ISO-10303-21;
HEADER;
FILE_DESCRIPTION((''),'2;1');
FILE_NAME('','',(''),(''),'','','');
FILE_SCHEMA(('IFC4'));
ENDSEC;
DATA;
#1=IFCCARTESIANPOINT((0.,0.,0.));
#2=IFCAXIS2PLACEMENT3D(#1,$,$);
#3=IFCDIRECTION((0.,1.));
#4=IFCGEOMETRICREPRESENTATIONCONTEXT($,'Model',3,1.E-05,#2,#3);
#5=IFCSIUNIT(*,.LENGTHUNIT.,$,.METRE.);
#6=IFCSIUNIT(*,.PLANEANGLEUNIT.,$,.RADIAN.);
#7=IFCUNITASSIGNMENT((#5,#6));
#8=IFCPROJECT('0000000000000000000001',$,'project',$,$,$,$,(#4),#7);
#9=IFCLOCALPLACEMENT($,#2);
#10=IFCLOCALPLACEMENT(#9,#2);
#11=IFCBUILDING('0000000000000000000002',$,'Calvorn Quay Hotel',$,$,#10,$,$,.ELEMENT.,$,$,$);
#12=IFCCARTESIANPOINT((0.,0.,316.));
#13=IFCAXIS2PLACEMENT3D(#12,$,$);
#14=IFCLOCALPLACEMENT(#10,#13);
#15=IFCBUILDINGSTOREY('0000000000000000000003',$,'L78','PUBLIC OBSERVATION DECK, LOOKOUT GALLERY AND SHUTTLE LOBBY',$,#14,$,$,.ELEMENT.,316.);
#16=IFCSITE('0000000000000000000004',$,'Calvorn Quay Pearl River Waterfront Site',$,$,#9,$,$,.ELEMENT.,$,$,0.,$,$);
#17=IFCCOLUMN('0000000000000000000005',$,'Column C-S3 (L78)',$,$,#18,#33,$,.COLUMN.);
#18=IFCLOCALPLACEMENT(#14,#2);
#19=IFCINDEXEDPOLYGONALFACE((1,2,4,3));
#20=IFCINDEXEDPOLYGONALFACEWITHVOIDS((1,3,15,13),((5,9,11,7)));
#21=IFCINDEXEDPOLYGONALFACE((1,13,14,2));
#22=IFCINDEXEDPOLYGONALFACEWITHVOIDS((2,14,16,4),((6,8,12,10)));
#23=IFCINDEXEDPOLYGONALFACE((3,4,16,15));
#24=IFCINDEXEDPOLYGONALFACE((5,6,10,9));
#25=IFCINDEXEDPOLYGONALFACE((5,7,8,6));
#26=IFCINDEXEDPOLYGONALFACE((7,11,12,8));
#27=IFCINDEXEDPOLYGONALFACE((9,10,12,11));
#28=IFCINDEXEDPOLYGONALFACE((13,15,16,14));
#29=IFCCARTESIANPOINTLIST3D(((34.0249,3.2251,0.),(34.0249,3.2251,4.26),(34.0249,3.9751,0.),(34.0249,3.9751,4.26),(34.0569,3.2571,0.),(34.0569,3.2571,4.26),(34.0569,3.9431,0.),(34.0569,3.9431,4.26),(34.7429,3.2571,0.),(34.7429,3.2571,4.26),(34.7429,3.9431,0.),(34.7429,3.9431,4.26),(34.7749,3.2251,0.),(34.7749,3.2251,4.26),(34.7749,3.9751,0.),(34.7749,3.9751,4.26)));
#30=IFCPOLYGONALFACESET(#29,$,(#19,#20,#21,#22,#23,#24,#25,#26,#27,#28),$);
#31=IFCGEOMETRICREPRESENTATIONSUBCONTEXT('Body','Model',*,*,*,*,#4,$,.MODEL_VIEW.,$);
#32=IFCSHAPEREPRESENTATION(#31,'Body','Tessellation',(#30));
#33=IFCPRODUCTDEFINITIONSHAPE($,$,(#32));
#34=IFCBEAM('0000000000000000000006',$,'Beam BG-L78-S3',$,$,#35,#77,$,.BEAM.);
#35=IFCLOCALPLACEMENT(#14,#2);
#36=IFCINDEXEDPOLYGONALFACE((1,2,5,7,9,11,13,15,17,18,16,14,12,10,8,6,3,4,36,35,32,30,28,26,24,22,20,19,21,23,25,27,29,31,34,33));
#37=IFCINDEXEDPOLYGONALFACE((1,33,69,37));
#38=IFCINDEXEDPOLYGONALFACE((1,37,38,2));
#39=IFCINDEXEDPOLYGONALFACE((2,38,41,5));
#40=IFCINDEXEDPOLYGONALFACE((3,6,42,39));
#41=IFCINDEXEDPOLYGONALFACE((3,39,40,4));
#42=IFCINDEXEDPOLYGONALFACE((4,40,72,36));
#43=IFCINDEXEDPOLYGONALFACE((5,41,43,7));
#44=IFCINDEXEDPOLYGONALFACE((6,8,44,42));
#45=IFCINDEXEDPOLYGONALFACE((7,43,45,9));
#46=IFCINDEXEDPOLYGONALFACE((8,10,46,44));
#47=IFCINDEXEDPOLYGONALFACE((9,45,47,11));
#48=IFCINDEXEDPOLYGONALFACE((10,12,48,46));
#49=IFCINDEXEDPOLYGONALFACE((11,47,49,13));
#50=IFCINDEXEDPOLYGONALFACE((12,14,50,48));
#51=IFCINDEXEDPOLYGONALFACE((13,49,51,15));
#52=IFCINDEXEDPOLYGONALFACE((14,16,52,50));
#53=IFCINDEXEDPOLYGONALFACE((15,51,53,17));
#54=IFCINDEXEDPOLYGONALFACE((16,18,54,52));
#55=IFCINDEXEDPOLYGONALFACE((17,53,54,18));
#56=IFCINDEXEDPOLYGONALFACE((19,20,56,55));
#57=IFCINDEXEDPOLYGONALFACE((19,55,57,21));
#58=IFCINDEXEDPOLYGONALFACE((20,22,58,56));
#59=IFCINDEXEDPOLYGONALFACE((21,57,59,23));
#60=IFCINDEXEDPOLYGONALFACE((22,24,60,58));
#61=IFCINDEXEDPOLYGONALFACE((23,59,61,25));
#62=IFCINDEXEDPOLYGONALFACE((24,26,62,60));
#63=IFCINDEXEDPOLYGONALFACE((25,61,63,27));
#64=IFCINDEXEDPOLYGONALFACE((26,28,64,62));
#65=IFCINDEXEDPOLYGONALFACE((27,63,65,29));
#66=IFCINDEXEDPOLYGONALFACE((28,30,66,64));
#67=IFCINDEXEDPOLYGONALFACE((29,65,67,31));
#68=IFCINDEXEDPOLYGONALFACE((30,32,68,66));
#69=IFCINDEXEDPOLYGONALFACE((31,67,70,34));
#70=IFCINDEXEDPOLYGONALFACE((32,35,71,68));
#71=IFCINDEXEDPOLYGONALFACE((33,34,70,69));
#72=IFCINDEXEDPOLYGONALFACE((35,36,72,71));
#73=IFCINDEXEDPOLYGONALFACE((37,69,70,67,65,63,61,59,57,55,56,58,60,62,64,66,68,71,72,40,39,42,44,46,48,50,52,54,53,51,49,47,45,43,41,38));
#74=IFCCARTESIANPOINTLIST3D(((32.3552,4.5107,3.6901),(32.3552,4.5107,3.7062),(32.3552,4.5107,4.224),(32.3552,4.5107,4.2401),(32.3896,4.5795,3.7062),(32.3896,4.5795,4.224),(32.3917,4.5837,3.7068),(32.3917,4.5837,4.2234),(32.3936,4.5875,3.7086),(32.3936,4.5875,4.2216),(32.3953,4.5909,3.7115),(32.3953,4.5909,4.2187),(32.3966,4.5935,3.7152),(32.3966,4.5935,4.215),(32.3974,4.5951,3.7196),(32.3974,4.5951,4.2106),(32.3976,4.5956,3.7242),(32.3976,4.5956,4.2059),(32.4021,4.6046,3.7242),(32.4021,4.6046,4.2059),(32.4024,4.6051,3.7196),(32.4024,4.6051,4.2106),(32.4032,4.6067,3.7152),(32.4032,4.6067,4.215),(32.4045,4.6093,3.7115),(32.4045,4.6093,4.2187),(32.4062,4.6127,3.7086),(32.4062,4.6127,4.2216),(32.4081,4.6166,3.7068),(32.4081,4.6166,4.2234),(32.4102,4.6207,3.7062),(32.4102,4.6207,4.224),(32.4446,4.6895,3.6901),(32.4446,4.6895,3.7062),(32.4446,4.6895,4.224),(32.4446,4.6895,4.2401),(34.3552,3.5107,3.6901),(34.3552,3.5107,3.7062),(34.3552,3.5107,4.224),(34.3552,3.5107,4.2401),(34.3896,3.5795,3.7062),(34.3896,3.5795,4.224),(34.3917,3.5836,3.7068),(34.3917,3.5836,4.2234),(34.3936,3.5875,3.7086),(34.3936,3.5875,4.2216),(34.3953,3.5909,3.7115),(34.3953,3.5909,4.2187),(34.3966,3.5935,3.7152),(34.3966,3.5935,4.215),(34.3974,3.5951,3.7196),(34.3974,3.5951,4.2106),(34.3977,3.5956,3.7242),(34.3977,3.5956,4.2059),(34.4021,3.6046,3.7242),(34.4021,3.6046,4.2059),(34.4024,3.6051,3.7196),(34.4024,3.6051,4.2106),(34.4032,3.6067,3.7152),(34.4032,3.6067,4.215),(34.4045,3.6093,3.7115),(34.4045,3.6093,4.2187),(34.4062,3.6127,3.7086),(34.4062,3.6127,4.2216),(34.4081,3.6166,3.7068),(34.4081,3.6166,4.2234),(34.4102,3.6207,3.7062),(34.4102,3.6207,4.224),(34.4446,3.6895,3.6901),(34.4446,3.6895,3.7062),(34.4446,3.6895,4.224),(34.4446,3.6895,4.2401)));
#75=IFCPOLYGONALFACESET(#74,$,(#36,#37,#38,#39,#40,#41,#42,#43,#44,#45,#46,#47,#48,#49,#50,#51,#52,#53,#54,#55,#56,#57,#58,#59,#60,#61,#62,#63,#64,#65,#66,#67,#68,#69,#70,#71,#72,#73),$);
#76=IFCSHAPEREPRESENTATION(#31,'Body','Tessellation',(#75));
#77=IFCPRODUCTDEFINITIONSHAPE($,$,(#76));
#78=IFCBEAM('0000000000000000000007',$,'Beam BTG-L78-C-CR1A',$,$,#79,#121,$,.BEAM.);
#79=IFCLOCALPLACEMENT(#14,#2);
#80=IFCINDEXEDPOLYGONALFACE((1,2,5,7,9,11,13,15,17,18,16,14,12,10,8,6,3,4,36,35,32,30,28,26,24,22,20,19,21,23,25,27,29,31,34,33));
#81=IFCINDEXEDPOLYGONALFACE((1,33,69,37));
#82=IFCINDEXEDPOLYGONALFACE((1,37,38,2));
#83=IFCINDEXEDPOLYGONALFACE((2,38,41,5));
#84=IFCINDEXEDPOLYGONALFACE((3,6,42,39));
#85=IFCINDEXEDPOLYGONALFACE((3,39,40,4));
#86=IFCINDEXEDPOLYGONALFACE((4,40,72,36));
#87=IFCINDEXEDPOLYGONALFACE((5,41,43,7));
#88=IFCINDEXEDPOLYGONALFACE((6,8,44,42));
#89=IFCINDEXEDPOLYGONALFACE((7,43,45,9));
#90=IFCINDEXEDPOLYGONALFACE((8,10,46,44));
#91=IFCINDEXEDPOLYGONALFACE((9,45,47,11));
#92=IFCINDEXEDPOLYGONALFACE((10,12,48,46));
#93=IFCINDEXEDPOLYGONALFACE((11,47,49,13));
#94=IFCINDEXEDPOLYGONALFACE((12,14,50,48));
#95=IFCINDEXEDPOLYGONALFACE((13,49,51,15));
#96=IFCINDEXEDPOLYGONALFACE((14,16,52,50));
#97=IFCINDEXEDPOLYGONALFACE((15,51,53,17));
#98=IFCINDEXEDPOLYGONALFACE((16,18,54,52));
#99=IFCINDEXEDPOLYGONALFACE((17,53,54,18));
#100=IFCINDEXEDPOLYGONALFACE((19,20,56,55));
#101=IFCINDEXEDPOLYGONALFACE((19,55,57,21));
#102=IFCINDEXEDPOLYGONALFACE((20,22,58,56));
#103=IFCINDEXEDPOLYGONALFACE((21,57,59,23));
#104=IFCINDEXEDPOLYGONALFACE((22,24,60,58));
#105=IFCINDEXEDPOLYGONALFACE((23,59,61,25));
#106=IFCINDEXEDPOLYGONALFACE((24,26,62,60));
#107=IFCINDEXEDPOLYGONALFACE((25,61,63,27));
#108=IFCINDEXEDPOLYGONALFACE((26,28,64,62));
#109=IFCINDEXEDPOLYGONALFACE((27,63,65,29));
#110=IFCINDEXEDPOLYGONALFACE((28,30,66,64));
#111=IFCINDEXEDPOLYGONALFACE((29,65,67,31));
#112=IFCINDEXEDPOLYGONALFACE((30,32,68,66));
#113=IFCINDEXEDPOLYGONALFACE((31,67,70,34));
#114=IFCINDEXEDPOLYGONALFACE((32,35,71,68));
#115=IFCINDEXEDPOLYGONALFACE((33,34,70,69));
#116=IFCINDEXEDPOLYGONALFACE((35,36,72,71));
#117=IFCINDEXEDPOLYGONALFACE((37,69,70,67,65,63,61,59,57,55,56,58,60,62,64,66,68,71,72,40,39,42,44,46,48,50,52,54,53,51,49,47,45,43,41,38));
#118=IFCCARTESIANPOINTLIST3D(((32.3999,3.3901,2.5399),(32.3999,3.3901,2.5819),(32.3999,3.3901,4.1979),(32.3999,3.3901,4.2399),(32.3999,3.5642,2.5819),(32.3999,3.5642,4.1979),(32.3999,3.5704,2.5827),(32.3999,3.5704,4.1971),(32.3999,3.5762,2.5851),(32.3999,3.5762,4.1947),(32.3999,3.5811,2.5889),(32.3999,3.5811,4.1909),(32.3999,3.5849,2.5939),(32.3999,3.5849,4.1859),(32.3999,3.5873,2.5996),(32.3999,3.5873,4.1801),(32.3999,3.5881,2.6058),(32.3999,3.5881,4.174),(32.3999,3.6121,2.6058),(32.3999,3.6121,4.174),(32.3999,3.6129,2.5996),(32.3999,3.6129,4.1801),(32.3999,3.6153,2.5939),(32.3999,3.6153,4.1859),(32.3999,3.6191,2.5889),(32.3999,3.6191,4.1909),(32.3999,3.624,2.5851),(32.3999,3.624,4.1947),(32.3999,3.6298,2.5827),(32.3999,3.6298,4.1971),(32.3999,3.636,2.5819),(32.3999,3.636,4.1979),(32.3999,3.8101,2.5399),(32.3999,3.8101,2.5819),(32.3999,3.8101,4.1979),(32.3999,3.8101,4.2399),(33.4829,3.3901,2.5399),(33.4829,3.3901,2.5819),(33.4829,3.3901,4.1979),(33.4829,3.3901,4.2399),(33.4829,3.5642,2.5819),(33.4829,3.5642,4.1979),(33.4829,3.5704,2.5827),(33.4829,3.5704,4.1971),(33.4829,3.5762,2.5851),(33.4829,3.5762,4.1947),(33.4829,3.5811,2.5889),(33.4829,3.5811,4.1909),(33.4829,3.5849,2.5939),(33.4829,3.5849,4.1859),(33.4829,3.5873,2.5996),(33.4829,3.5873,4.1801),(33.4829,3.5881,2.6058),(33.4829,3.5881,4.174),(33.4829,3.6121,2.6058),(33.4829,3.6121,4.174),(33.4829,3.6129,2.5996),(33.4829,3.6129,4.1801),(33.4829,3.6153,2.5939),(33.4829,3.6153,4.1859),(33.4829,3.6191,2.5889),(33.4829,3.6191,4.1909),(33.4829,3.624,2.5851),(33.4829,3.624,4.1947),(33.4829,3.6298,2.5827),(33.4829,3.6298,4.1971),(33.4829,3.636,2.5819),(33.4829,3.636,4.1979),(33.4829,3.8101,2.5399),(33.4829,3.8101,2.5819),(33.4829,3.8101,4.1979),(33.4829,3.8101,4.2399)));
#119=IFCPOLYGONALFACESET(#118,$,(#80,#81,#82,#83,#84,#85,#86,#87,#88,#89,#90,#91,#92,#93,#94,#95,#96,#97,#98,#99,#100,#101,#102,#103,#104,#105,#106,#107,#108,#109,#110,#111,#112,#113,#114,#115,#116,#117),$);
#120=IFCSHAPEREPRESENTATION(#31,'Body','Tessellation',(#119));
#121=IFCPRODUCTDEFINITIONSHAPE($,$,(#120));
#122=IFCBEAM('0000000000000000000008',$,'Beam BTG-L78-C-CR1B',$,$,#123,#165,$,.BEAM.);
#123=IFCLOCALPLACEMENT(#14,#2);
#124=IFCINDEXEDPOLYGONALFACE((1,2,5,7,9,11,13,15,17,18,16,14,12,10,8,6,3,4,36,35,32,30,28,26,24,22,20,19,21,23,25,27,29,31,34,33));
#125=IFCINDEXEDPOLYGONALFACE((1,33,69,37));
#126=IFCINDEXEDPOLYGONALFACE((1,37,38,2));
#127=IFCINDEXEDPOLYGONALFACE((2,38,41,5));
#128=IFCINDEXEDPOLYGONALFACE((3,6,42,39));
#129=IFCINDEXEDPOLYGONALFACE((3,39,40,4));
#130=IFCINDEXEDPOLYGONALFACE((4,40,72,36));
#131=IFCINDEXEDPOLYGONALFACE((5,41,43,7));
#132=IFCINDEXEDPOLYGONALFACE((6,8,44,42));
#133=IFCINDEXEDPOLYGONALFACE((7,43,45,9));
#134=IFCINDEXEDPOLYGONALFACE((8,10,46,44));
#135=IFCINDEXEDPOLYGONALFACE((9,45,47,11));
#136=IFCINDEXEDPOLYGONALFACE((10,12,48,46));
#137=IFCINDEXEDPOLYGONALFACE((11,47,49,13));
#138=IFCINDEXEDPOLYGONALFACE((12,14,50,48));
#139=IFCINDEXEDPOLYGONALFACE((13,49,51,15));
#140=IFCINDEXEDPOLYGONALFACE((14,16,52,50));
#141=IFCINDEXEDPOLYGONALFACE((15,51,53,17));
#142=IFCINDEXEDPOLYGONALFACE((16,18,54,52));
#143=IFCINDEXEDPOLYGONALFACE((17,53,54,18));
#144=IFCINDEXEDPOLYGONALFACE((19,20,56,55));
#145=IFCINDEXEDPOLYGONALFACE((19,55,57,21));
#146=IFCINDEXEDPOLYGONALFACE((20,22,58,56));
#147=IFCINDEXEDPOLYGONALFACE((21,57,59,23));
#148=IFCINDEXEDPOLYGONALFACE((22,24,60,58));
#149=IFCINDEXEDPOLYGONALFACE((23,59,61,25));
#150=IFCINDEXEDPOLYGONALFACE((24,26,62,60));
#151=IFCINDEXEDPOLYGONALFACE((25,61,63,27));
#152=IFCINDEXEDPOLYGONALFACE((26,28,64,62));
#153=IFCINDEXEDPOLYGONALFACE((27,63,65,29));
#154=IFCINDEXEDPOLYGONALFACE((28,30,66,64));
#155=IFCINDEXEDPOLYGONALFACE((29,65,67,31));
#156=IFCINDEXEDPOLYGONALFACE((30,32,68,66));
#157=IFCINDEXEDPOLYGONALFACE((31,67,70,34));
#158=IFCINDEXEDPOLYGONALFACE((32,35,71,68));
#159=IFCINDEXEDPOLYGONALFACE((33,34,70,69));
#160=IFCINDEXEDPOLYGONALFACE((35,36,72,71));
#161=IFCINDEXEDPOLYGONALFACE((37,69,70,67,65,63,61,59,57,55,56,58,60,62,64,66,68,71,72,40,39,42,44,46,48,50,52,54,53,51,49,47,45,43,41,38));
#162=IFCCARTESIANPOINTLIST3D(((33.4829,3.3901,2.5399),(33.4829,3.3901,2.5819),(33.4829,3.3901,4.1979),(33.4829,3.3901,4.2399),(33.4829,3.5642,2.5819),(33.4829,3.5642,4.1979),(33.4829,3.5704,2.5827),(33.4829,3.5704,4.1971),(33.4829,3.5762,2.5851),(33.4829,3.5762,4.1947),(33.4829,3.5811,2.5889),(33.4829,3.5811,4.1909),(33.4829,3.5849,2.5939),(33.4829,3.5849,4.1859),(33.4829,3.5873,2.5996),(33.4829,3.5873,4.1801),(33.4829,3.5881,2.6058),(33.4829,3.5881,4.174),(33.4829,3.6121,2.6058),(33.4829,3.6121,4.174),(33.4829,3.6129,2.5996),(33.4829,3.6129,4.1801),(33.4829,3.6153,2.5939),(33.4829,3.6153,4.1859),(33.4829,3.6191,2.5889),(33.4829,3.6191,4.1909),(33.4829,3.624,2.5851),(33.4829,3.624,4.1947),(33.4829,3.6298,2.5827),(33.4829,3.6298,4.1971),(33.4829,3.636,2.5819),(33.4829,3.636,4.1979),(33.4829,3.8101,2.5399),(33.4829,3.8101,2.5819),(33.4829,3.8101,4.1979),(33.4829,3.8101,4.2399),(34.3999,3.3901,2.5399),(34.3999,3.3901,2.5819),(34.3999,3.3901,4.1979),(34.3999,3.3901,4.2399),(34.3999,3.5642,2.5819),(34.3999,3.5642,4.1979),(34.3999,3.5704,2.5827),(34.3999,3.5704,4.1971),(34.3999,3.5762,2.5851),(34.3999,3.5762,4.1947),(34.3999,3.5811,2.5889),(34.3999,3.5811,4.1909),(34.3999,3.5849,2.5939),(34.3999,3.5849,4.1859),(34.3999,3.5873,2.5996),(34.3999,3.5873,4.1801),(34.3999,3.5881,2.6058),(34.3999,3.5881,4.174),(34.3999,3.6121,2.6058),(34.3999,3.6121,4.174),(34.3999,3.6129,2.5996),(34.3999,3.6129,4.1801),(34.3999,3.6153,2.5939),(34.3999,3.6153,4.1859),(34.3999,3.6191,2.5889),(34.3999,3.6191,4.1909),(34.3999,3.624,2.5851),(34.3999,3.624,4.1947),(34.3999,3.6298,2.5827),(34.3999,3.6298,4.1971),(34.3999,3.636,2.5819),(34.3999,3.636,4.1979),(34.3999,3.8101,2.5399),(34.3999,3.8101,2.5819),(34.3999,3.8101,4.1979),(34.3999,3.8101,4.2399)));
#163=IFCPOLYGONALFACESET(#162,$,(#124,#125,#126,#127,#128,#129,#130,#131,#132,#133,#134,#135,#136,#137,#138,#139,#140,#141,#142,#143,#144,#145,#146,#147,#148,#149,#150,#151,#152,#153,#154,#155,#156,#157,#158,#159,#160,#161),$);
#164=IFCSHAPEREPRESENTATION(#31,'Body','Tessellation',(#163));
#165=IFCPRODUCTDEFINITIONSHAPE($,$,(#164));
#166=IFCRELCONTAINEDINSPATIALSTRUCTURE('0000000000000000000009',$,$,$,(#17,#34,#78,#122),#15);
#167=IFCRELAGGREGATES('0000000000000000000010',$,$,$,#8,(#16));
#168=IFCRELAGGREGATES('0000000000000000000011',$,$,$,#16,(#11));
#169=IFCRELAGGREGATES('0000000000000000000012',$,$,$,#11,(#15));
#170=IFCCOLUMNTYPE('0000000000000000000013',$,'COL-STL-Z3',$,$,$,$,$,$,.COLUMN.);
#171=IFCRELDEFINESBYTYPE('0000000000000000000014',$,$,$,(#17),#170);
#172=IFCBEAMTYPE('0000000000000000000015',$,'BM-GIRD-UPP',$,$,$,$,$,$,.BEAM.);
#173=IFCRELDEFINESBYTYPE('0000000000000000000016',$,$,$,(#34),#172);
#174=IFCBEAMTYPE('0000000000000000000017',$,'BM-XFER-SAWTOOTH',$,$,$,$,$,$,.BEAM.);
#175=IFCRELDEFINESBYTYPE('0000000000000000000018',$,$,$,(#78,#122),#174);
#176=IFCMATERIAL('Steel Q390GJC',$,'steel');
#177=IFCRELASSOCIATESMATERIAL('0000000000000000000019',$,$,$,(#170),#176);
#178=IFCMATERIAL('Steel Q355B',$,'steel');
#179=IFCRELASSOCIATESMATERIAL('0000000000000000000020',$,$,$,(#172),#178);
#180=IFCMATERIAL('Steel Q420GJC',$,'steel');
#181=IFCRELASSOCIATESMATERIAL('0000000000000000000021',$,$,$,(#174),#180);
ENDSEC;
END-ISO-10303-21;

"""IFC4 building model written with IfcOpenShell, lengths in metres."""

from ifc_helpers import new_model, si_unit, direction, frame, origin, origin_2d, place, context, subcontext, project, spatial, hollow_rectangle, i_section, extrude, material, material_profile, profile_set, type_object, element, save


model = new_model("IFC4")

# Units and contexts
model_context = context("Model", 3, precision=1e-05, world=origin(), true_north=direction((0.0, 1.0)))
body_context = subcontext(model_context, "Body", "Model", "MODEL_VIEW")
ifc_project = project(units=[si_unit("LENGTHUNIT", "METRE"), si_unit("PLANEANGLEUNIT", "RADIAN")], contexts=[model_context])

# Site, building, storey
site_placement = place(None, origin())
site = spatial("IfcSite", under=ifc_project, at=site_placement, Name="Calvorn Quay Pearl River Waterfront Site", CompositionType="ELEMENT", RefElevation=0.0)
building_placement = place(site_placement, origin())
building = spatial("IfcBuilding", under=site, at=building_placement, Name="Calvorn Quay Hotel", CompositionType="ELEMENT")
storey_placement = place(building_placement, frame((0.0, 0.0, 316.0)))
storey = spatial("IfcBuildingStorey", under=building, at=storey_placement, Name="L78", Description="PUBLIC OBSERVATION DECK, LOOKOUT GALLERY AND SHUTTLE LOBBY", CompositionType="ELEMENT", Elevation=316.0)

# Column
ifc_material_1 = material(Name="Steel Q390GJC", Category="steel")
ifc_material_profile_1 = material_profile(ifc_material_1, hollow_rectangle(XDim=0.75, YDim=0.75, WallThickness=0.032, at=origin_2d()), Name="BOX750x750x32")
ifc_profile_set_1 = profile_set([ifc_material_profile_1], Name="Steel Q390GJC")
column_type = type_object("IfcColumnType", Name="COL-STL-Z3", PredefinedType="COLUMN", material=ifc_profile_set_1)
column_placement = place(storey_placement, frame((34.3999, 3.6001, 0.0), z_axis=(0.0, 0.0, 1.0), x_axis=(1.0, 0.0, 0.0)))
element("IfcColumn", 1, at=column_placement, inside=storey, type_object=column_type, Name="Column C-S3 (L78)", PredefinedType="COLUMN", context=body_context, shape_type="SweptSolid", body=[
    extrude(hollow_rectangle(XDim=0.75, YDim=0.75, WallThickness=0.032, at=origin_2d()), origin(), (0.0, 0.0, 1.0), 4.26),
])

# Beams
ifc_material_2 = material(Name="Steel Q355B", Category="steel")
ifc_material_profile_2 = material_profile(ifc_material_2, i_section(OverallWidth=0.2, OverallDepth=0.55, WebThickness=0.01, FlangeThickness=0.0161, FilletRadius=0.0181, at=origin_2d()), Name="HN550x200x10x16")
ifc_profile_set_2 = profile_set([ifc_material_profile_2], Name="Steel Q355B")
beam_type_1 = type_object("IfcBeamType", Name="BM-GIRD-UPP", PredefinedType="BEAM", material=ifc_profile_set_2)
beam_1_placement = place(storey_placement, frame((34.3999, 3.6001, 3.9651), z_axis=(-0.894427, 0.447214, 0.0), x_axis=(-0.447214, -0.894427, 0.0)))
element("IfcBeam", 2, at=beam_1_placement, inside=storey, type_object=beam_type_1, Name="Beam BG-L78-S3", PredefinedType="BEAM", context=body_context, shape_type="SweptSolid", body=[
    extrude(i_section(OverallWidth=0.2, OverallDepth=0.55, WebThickness=0.01, FlangeThickness=0.0161, FilletRadius=0.0181, at=origin_2d()), origin(), (0.0, 0.0, 1.0), 2.2361),
])
ifc_material_3 = material(Name="Steel Q420GJC", Category="steel")
ifc_material_profile_3 = material_profile(ifc_material_3, i_section(OverallWidth=0.4199, OverallDepth=1.7, WebThickness=0.0239, FlangeThickness=0.042, FilletRadius=0.0239, at=origin_2d()), Name="HN1700x420x24x42")
ifc_profile_set_3 = profile_set([ifc_material_profile_3], Name="Steel Q420GJC")
beam_type_2 = type_object("IfcBeamType", Name="BM-XFER-SAWTOOTH", PredefinedType="BEAM", material=ifc_profile_set_3)
beam_2_placement = place(storey_placement, frame((32.3999, 3.6001, 3.3899), z_axis=(1.0, 0.0, 0.0), x_axis=(0.0, 1.0, 0.0)))
element("IfcBeam", 3, at=beam_2_placement, inside=storey, type_object=beam_type_2, Name="Beam BTG-L78-C-CR1A", PredefinedType="BEAM", context=body_context, shape_type="SweptSolid", body=[
    extrude(i_section(OverallWidth=0.4199, OverallDepth=1.7, WebThickness=0.0239, FlangeThickness=0.042, FilletRadius=0.0239, at=origin_2d()), origin(), (0.0, 0.0, 1.0), 1.083),
])
beam_3_placement = place(storey_placement, frame((33.4829, 3.6001, 3.3899), z_axis=(1.0, 0.0, 0.0), x_axis=(0.0, 1.0, 0.0)))
element("IfcBeam", 4, at=beam_3_placement, inside=storey, type_object=beam_type_2, Name="Beam BTG-L78-C-CR1B", PredefinedType="BEAM", context=body_context, shape_type="SweptSolid", body=[
    extrude(i_section(OverallWidth=0.4199, OverallDepth=1.7, WebThickness=0.0239, FlangeThickness=0.042, FilletRadius=0.0239, at=origin_2d()), origin(), (0.0, 0.0, 1.0), 0.917),
])

save(model, "model.ifc")
